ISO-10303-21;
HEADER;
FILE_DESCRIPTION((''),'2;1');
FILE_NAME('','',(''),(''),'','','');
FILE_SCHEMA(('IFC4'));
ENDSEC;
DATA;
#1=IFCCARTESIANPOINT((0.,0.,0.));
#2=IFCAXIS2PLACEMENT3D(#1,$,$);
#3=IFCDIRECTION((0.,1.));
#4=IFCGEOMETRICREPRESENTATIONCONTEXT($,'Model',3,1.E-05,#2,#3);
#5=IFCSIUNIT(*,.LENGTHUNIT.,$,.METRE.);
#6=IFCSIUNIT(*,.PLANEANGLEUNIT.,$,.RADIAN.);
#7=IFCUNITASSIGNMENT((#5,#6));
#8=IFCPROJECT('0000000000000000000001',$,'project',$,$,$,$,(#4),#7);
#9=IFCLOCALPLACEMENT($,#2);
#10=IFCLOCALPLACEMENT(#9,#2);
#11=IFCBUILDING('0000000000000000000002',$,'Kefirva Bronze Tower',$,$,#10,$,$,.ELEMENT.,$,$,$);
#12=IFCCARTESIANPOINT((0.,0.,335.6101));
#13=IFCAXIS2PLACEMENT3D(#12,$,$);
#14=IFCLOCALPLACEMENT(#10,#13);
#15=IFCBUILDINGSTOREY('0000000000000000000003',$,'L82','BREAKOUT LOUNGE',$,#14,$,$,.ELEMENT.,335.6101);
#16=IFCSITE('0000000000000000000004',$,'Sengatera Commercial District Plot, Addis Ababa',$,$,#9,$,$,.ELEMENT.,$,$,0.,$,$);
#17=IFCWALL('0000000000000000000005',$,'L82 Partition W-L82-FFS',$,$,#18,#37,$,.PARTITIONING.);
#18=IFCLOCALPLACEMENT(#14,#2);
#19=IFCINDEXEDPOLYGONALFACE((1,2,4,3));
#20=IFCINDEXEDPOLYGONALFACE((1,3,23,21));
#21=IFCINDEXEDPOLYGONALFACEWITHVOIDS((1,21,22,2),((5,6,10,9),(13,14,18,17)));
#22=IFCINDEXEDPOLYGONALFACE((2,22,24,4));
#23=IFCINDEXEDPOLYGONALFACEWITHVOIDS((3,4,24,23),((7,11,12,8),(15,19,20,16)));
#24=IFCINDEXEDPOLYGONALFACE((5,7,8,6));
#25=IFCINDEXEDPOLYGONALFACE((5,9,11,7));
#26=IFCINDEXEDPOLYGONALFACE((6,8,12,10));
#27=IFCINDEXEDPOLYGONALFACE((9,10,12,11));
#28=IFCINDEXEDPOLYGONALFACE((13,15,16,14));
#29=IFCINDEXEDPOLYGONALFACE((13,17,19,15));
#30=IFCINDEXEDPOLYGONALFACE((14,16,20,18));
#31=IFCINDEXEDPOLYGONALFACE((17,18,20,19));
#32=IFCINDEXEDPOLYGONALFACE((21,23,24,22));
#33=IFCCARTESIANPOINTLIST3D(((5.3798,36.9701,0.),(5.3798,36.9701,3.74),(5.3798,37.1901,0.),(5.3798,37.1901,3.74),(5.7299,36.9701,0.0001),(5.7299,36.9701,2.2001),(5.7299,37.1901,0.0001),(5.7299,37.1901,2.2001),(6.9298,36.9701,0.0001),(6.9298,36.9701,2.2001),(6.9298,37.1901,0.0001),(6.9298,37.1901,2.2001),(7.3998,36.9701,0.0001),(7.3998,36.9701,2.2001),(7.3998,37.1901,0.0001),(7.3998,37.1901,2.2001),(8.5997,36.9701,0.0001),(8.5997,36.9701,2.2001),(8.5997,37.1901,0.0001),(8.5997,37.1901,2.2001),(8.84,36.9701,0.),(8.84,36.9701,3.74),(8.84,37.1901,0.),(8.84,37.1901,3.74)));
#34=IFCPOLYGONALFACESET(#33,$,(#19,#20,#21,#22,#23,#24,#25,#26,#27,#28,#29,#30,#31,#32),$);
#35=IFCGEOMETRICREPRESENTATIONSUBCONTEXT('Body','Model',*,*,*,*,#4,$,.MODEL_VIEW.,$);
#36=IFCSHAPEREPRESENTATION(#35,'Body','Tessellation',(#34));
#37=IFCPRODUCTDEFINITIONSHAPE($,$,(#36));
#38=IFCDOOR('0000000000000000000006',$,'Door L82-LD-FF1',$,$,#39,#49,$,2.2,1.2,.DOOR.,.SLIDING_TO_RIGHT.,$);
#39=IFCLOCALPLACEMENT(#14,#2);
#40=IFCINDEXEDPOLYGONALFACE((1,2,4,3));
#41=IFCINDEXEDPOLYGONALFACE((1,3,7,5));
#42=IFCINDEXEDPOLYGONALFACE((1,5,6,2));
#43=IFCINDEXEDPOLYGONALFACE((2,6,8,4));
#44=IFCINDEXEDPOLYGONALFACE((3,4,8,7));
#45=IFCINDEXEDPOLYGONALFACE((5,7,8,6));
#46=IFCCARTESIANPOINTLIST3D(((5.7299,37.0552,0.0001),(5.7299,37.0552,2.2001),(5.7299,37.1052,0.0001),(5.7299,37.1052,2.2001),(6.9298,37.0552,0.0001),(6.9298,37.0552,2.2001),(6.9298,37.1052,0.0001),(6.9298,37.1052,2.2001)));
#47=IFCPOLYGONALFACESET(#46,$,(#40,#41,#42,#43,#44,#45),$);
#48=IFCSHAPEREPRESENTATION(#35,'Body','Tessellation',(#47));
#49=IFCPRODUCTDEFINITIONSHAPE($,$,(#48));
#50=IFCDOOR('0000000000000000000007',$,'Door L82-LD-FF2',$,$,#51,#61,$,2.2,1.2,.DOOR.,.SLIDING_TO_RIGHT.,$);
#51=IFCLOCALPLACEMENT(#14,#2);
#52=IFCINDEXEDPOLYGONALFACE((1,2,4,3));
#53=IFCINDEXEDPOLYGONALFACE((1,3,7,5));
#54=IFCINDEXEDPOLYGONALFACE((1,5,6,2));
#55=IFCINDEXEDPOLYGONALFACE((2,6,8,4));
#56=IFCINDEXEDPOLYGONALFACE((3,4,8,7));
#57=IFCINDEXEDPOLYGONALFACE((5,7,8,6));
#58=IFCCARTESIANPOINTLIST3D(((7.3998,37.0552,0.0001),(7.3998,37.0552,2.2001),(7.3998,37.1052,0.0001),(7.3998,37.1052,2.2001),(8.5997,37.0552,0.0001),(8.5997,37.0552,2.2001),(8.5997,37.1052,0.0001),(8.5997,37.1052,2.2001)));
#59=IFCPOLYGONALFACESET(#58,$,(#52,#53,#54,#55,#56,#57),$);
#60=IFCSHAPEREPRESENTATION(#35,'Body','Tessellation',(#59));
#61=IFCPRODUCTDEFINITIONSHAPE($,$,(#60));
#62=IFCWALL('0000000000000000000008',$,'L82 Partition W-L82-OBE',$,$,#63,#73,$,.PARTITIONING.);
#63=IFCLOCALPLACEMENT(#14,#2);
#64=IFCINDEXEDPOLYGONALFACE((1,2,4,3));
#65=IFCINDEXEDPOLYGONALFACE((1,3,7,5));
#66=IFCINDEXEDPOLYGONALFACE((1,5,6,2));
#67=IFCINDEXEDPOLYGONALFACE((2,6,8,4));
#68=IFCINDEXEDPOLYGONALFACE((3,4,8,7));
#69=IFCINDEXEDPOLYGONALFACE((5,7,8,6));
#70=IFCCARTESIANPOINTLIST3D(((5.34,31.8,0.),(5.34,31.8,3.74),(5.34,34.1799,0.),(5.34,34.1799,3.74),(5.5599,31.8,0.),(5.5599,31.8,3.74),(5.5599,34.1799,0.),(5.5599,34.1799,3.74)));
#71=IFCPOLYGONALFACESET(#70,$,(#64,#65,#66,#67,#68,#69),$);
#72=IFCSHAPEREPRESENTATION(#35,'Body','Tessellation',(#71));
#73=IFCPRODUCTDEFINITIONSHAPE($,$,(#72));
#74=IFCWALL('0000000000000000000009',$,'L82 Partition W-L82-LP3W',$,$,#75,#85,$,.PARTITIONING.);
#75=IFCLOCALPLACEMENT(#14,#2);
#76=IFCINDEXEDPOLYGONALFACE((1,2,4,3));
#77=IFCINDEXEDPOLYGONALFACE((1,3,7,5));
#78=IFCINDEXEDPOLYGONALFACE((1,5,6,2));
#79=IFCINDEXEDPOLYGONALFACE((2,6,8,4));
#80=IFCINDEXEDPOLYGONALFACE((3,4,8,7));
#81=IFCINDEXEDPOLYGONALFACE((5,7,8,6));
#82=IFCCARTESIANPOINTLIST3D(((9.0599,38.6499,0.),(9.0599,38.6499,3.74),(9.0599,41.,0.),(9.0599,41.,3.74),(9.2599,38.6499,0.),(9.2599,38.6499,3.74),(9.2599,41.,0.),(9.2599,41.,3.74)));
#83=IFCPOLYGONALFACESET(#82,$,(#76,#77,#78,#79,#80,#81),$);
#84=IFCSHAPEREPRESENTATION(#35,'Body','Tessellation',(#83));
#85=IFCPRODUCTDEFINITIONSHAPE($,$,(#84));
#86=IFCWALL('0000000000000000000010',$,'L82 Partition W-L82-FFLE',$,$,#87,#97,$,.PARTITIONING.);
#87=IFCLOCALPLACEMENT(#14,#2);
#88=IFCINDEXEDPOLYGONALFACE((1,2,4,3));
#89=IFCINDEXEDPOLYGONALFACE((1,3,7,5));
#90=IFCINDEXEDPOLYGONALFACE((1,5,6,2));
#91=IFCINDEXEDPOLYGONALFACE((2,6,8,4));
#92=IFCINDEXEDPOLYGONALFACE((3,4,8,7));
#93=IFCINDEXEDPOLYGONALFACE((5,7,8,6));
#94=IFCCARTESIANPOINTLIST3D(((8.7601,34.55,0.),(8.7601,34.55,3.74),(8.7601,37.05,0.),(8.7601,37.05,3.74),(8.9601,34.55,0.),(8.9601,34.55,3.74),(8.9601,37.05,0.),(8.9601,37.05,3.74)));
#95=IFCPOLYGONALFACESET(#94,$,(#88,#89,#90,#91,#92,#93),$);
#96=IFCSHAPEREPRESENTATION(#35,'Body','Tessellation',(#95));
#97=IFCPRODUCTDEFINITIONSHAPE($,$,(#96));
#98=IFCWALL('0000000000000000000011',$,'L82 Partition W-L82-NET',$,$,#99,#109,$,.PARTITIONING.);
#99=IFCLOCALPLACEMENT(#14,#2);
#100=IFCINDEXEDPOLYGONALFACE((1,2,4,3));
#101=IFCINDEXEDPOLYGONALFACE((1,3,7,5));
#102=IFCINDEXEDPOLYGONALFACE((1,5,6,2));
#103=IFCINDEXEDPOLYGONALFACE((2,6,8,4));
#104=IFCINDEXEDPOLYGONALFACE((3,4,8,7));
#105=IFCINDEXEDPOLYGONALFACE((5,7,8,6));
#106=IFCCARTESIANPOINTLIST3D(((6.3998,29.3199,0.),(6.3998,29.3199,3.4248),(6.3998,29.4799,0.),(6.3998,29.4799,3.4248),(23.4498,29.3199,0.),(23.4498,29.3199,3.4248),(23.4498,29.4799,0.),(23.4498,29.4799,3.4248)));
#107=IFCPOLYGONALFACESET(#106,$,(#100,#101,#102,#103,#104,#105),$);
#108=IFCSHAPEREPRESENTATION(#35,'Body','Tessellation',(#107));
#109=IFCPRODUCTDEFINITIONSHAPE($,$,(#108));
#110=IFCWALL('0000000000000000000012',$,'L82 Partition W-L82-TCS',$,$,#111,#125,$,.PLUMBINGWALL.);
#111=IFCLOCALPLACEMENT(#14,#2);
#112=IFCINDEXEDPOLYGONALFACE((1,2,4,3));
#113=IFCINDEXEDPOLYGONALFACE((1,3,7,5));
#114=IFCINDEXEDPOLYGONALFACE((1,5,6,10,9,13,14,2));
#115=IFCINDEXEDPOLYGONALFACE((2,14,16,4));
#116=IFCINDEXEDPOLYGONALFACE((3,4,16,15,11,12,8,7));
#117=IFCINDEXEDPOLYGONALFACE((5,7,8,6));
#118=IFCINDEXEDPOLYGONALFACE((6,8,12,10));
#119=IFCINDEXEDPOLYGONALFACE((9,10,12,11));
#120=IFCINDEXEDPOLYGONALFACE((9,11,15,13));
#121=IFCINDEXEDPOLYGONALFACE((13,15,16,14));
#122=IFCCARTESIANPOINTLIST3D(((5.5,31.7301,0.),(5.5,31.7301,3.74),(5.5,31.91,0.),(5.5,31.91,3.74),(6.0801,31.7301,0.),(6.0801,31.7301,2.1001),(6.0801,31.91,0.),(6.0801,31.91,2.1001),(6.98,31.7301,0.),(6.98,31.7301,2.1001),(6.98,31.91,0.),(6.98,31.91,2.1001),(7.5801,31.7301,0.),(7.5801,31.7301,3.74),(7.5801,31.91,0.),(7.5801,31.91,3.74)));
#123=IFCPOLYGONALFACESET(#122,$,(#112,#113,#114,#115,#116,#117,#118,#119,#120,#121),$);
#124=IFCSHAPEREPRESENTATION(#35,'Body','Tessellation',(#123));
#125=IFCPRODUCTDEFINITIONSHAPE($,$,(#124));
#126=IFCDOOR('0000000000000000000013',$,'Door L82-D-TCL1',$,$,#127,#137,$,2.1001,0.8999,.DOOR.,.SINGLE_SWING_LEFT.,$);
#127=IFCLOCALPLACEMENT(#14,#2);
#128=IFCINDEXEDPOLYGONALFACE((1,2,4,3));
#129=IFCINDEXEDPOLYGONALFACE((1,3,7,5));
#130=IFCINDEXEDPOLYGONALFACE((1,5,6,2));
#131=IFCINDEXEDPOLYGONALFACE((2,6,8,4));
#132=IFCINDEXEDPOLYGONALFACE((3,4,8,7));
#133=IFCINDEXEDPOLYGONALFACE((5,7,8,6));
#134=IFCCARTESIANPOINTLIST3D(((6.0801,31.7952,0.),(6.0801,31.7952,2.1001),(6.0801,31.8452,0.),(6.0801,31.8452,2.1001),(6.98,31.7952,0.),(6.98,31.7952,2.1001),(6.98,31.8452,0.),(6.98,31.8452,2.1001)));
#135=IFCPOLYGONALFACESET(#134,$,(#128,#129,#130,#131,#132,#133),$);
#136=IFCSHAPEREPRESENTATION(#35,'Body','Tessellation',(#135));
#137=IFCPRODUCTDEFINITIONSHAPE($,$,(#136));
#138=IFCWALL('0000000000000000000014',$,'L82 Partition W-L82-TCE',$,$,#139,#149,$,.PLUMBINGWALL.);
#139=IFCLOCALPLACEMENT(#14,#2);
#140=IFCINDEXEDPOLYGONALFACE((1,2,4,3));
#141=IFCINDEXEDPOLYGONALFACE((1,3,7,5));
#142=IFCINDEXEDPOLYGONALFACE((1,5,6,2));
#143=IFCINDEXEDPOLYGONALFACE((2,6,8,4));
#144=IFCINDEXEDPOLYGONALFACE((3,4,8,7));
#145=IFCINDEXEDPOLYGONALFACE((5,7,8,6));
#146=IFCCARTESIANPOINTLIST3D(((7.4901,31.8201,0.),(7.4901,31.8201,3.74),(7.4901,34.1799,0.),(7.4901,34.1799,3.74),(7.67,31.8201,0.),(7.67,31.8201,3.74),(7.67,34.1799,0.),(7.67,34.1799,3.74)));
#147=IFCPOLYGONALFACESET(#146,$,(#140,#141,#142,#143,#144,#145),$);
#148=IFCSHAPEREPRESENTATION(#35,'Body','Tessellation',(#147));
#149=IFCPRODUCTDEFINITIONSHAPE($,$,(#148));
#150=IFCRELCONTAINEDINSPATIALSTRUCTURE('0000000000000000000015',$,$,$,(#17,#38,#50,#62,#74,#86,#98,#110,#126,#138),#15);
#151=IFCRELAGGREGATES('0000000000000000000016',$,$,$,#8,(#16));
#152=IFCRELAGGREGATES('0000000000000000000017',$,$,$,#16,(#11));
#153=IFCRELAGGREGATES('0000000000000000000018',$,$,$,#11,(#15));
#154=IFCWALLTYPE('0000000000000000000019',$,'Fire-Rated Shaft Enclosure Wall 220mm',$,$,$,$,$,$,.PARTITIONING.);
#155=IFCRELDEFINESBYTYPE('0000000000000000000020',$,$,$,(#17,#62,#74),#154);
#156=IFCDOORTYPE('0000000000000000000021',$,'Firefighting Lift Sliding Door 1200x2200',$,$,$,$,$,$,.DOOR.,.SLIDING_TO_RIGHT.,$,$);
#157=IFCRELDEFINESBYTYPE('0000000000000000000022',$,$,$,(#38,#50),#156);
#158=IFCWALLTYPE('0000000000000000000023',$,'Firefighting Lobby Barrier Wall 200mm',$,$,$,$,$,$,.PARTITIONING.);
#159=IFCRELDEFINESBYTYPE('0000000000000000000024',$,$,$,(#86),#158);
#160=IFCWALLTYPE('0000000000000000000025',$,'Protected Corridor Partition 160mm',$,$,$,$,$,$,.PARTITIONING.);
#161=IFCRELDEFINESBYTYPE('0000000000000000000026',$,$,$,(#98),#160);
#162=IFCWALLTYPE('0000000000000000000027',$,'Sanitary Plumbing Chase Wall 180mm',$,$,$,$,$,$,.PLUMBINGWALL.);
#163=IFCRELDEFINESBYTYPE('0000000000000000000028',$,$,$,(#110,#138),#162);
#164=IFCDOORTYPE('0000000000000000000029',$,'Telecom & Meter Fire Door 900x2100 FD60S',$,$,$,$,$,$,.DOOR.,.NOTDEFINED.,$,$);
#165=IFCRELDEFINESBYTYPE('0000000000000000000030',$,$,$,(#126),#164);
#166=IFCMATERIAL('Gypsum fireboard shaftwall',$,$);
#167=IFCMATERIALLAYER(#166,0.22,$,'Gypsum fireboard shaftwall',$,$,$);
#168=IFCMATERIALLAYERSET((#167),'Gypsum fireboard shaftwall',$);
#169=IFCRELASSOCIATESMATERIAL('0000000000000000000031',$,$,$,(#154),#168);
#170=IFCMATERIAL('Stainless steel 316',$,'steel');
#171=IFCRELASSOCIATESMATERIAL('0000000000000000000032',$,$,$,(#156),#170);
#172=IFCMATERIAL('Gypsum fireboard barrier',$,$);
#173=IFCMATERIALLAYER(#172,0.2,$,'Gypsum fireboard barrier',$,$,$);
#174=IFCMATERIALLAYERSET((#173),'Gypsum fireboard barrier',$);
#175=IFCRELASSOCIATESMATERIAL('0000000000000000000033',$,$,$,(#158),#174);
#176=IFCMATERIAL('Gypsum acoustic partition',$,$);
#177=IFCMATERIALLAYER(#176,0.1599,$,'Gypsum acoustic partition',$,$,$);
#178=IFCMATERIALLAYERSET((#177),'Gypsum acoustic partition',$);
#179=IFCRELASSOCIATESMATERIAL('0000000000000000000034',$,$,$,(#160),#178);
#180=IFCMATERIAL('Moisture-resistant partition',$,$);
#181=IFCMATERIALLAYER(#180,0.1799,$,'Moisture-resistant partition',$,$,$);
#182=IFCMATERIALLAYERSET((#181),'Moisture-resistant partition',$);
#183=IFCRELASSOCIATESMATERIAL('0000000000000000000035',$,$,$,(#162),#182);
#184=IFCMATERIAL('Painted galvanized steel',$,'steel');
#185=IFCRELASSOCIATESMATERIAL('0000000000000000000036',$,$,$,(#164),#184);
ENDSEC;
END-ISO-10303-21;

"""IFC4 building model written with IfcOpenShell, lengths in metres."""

from ifc_helpers import new_model, si_unit, direction, frame, frame_2d, origin, place, context, subcontext, project, spatial, rectangle, extrude, material, layer, layer_set, type_object, element, fill, save


model = new_model("IFC4")

# Units and contexts
model_context = context("Model", 3, precision=1e-05, world=origin(), true_north=direction((0.0, 1.0)))
body_context = subcontext(model_context, "Body", "Model", "MODEL_VIEW")
ifc_project = project(units=[si_unit("LENGTHUNIT", "METRE"), si_unit("PLANEANGLEUNIT", "RADIAN")], contexts=[model_context])

# Site, building, storey
site_placement = place(None, origin())
site = spatial("IfcSite", under=ifc_project, at=site_placement, Name="Sengatera Commercial District Plot, Addis Ababa", CompositionType="ELEMENT", RefElevation=0.0)
building_placement = place(site_placement, origin())
building = spatial("IfcBuilding", under=site, at=building_placement, Name="Kefirva Bronze Tower", CompositionType="ELEMENT")
storey_placement = place(building_placement, frame((0.0, 0.0, 335.6101)))
storey = spatial("IfcBuildingStorey", under=building, at=storey_placement, Name="L82", Description="BREAKOUT LOUNGE", CompositionType="ELEMENT", Elevation=335.6101)

# Wall, openings, doors
ifc_material_1 = material(Name="Gypsum fireboard shaftwall")
ifc_layer_1 = layer(ifc_material_1, 0.22, Name="Gypsum fireboard shaftwall")
ifc_layer_set_1 = layer_set([ifc_layer_1], Name="Gypsum fireboard shaftwall")
wall_type_1 = type_object("IfcWallType", Name="Fire-Rated Shaft Enclosure Wall 220mm", PredefinedType="PARTITIONING", material=ifc_layer_set_1)
wall_1_placement = place(storey_placement, frame((5.3799, 37.0801, 0.0), z_axis=(0.0, 0.0, 1.0), x_axis=(1.0, 0.0, 0.0)))
wall_1 = element("IfcWall", 1, at=wall_1_placement, inside=storey, type_object=wall_type_1, Name="L82 Partition W-L82-FFS", PredefinedType="PARTITIONING", context=body_context, shape_type="SweptSolid", body=[
    extrude(rectangle(XDim=3.4602, YDim=0.22, at=frame_2d((1.73, 0.0))), origin(), (0.0, 0.0, 1.0), 3.74),
])
opening_1_placement = place(wall_1_placement, frame((1.55, 0.0, 0.0), z_axis=(0.0, 0.0, 1.0), x_axis=(-1.0, 0.0, 0.0)))
opening_1 = element("IfcOpeningElement", 2, at=opening_1_placement, cuts=wall_1, PredefinedType="OPENING", context=body_context, shape_type="SweptSolid", body=[
    extrude(rectangle(XDim=1.2, YDim=2.2, at=frame_2d((0.6001, 1.1001))), frame((0.0, 0.1201, 0.0), z_axis=(0.0, -1.0, 0.0), x_axis=(1.0, 0.0, 0.0)), (0.0, 0.0, 1.0), 0.24),
])
opening_2_placement = place(wall_1_placement, frame((3.22, 0.0, 0.0), z_axis=(0.0, 0.0, 1.0), x_axis=(-1.0, 0.0, 0.0)))
opening_2 = element("IfcOpeningElement", 3, at=opening_2_placement, cuts=wall_1, PredefinedType="OPENING", context=body_context, shape_type="SweptSolid", body=[
    extrude(rectangle(XDim=1.2, YDim=2.2, at=frame_2d((0.6001, 1.1001))), frame((0.0, 0.1201, 0.0), z_axis=(0.0, -1.0, 0.0), x_axis=(1.0, 0.0, 0.0)), (0.0, 0.0, 1.0), 0.24),
])
ifc_material_2 = material(Name="Stainless steel 316", Category="steel")
door_type_1 = type_object("IfcDoorType", Name="Firefighting Lift Sliding Door 1200x2200", OperationType="SLIDING_TO_RIGHT", PredefinedType="DOOR", material=ifc_material_2)
door_1_placement = place(opening_1_placement, origin())
door_1 = element("IfcDoor", 4, at=door_1_placement, inside=storey, type_object=door_type_1, Name="Door L82-LD-FF1", OperationType="SLIDING_TO_RIGHT", OverallHeight=2.2, OverallWidth=1.2, PredefinedType="DOOR", context=body_context, shape_type="SweptSolid", body=[
    extrude(rectangle(XDim=1.2, YDim=2.2, at=frame_2d((0.6001, 1.1001))), frame((0.0, 0.0249, 0.0), z_axis=(0.0, -1.0, 0.0), x_axis=(1.0, 0.0, 0.0)), (0.0, 0.0, 1.0), 0.05),
])
fill(opening_1, door_1)
door_2_placement = place(opening_2_placement, origin())
door_2 = element("IfcDoor", 5, at=door_2_placement, inside=storey, type_object=door_type_1, Name="Door L82-LD-FF2", OperationType="SLIDING_TO_RIGHT", OverallHeight=2.2, OverallWidth=1.2, PredefinedType="DOOR", context=body_context, shape_type="SweptSolid", body=[
    extrude(rectangle(XDim=1.2, YDim=2.2, at=frame_2d((0.6001, 1.1001))), frame((0.0, 0.0249, 0.0), z_axis=(0.0, -1.0, 0.0), x_axis=(1.0, 0.0, 0.0)), (0.0, 0.0, 1.0), 0.05),
])
fill(opening_2, door_2)

# Walls
wall_2_placement = place(storey_placement, frame((5.45, 31.8, 0.0), z_axis=(0.0, 0.0, 1.0), x_axis=(0.0, 1.0, 0.0)))
element("IfcWall", 6, at=wall_2_placement, inside=storey, type_object=wall_type_1, Name="L82 Partition W-L82-OBE", PredefinedType="PARTITIONING", context=body_context, shape_type="SweptSolid", body=[
    extrude(rectangle(XDim=2.3799, YDim=0.22, at=frame_2d((1.1899, 0.0))), origin(), (0.0, 0.0, 1.0), 3.74),
])
wall_3_placement = place(storey_placement, frame((9.1599, 38.6499, 0.0), z_axis=(0.0, 0.0, 1.0), x_axis=(0.0, 1.0, 0.0)))
element("IfcWall", 7, at=wall_3_placement, inside=storey, type_object=wall_type_1, Name="L82 Partition W-L82-LP3W", PredefinedType="PARTITIONING", context=body_context, shape_type="SweptSolid", body=[
    extrude(rectangle(XDim=2.3501, YDim=0.2, at=frame_2d((1.175, 0.0))), origin(), (0.0, 0.0, 1.0), 3.74),
])
ifc_material_3 = material(Name="Gypsum fireboard barrier")
ifc_layer_2 = layer(ifc_material_3, 0.2, Name="Gypsum fireboard barrier")
ifc_layer_set_2 = layer_set([ifc_layer_2], Name="Gypsum fireboard barrier")
wall_type_2 = type_object("IfcWallType", Name="Firefighting Lobby Barrier Wall 200mm", PredefinedType="PARTITIONING", material=ifc_layer_set_2)
wall_4_placement = place(storey_placement, frame((8.8601, 34.55, 0.0), z_axis=(0.0, 0.0, 1.0), x_axis=(0.0, 1.0, 0.0)))
element("IfcWall", 8, at=wall_4_placement, inside=storey, type_object=wall_type_2, Name="L82 Partition W-L82-FFLE", PredefinedType="PARTITIONING", context=body_context, shape_type="SweptSolid", body=[
    extrude(rectangle(XDim=2.5, YDim=0.2, at=frame_2d((1.25, 0.0))), origin(), (0.0, 0.0, 1.0), 3.74),
])

# Shared definitions
ifc_material_4 = material(Name="Gypsum acoustic partition")
ifc_layer_3 = layer(ifc_material_4, 0.1599, Name="Gypsum acoustic partition")
ifc_layer_set_3 = layer_set([ifc_layer_3], Name="Gypsum acoustic partition")
wall_type_3 = type_object("IfcWallType", Name="Protected Corridor Partition 160mm", PredefinedType="PARTITIONING", material=ifc_layer_set_3)

# Shared definitions
ifc_material_5 = material(Name="Painted galvanized steel", Category="steel")

# Wall
wall_5_placement = place(storey_placement, frame((6.3999, 29.3999, 0.0), z_axis=(0.0, 0.0, 1.0), x_axis=(1.0, 0.0, 0.0)))
element("IfcWall", 9, at=wall_5_placement, inside=storey, type_object=wall_type_3, Name="L82 Partition W-L82-NET", PredefinedType="PARTITIONING", context=body_context, shape_type="SweptSolid", body=[
    extrude(rectangle(XDim=17.05, YDim=0.1599, at=frame_2d((8.5249, 0.0))), origin(), (0.0, 0.0, 1.0), 3.4248),
])

# Wall, opening, door
ifc_material_6 = material(Name="Moisture-resistant partition")
ifc_layer_4 = layer(ifc_material_6, 0.1799, Name="Moisture-resistant partition")
ifc_layer_set_4 = layer_set([ifc_layer_4], Name="Moisture-resistant partition")
wall_type_4 = type_object("IfcWallType", Name="Sanitary Plumbing Chase Wall 180mm", PredefinedType="PLUMBINGWALL", material=ifc_layer_set_4)
wall_6_placement = place(storey_placement, frame((5.5, 31.8201, 0.0), z_axis=(0.0, 0.0, 1.0), x_axis=(1.0, 0.0, 0.0)))
wall_6 = element("IfcWall", 10, at=wall_6_placement, inside=storey, type_object=wall_type_4, Name="L82 Partition W-L82-TCS", PredefinedType="PLUMBINGWALL", context=body_context, shape_type="SweptSolid", body=[
    extrude(rectangle(XDim=2.0801, YDim=0.1799, at=frame_2d((1.04, 0.0))), origin(), (0.0, 0.0, 1.0), 3.74),
])
opening_3_placement = place(wall_6_placement, frame((1.48, 0.0, 0.0), z_axis=(0.0, 0.0, 1.0), x_axis=(-1.0, 0.0, 0.0)))
opening_3 = element("IfcOpeningElement", 11, at=opening_3_placement, cuts=wall_6, PredefinedType="OPENING", context=body_context, shape_type="SweptSolid", body=[
    extrude(rectangle(XDim=0.8999, YDim=2.1001, at=frame_2d((0.45, 1.05))), frame((0.0, 0.1001, 0.0), z_axis=(0.0, -1.0, 0.0), x_axis=(1.0, 0.0, 0.0)), (0.0, 0.0, 1.0), 0.2),
])
door_type_2 = type_object("IfcDoorType", Name="Telecom & Meter Fire Door 900x2100 FD60S", OperationType="NOTDEFINED", PredefinedType="DOOR", material=ifc_material_5)
door_3_placement = place(opening_3_placement, origin())
door_3 = element("IfcDoor", 12, at=door_3_placement, inside=storey, type_object=door_type_2, Name="Door L82-D-TCL1", OperationType="SINGLE_SWING_LEFT", OverallHeight=2.1001, OverallWidth=0.8999, PredefinedType="DOOR", context=body_context, shape_type="SweptSolid", body=[
    extrude(rectangle(XDim=0.8999, YDim=2.1001, at=frame_2d((0.45, 1.05))), frame((0.0, 0.0249, 0.0), z_axis=(0.0, -1.0, 0.0), x_axis=(1.0, 0.0, 0.0)), (0.0, 0.0, 1.0), 0.05),
])
fill(opening_3, door_3)

# Wall
wall_7_placement = place(storey_placement, frame((7.5801, 31.8201, 0.0), z_axis=(0.0, 0.0, 1.0), x_axis=(0.0, 1.0, 0.0)))
element("IfcWall", 13, at=wall_7_placement, inside=storey, type_object=wall_type_4, Name="L82 Partition W-L82-TCE", PredefinedType="PLUMBINGWALL", context=body_context, shape_type="SweptSolid", body=[
    extrude(rectangle(XDim=2.3599, YDim=0.1799, at=frame_2d((1.1799, 0.0))), origin(), (0.0, 0.0, 1.0), 3.74),
])

save(model, "model.ifc")
